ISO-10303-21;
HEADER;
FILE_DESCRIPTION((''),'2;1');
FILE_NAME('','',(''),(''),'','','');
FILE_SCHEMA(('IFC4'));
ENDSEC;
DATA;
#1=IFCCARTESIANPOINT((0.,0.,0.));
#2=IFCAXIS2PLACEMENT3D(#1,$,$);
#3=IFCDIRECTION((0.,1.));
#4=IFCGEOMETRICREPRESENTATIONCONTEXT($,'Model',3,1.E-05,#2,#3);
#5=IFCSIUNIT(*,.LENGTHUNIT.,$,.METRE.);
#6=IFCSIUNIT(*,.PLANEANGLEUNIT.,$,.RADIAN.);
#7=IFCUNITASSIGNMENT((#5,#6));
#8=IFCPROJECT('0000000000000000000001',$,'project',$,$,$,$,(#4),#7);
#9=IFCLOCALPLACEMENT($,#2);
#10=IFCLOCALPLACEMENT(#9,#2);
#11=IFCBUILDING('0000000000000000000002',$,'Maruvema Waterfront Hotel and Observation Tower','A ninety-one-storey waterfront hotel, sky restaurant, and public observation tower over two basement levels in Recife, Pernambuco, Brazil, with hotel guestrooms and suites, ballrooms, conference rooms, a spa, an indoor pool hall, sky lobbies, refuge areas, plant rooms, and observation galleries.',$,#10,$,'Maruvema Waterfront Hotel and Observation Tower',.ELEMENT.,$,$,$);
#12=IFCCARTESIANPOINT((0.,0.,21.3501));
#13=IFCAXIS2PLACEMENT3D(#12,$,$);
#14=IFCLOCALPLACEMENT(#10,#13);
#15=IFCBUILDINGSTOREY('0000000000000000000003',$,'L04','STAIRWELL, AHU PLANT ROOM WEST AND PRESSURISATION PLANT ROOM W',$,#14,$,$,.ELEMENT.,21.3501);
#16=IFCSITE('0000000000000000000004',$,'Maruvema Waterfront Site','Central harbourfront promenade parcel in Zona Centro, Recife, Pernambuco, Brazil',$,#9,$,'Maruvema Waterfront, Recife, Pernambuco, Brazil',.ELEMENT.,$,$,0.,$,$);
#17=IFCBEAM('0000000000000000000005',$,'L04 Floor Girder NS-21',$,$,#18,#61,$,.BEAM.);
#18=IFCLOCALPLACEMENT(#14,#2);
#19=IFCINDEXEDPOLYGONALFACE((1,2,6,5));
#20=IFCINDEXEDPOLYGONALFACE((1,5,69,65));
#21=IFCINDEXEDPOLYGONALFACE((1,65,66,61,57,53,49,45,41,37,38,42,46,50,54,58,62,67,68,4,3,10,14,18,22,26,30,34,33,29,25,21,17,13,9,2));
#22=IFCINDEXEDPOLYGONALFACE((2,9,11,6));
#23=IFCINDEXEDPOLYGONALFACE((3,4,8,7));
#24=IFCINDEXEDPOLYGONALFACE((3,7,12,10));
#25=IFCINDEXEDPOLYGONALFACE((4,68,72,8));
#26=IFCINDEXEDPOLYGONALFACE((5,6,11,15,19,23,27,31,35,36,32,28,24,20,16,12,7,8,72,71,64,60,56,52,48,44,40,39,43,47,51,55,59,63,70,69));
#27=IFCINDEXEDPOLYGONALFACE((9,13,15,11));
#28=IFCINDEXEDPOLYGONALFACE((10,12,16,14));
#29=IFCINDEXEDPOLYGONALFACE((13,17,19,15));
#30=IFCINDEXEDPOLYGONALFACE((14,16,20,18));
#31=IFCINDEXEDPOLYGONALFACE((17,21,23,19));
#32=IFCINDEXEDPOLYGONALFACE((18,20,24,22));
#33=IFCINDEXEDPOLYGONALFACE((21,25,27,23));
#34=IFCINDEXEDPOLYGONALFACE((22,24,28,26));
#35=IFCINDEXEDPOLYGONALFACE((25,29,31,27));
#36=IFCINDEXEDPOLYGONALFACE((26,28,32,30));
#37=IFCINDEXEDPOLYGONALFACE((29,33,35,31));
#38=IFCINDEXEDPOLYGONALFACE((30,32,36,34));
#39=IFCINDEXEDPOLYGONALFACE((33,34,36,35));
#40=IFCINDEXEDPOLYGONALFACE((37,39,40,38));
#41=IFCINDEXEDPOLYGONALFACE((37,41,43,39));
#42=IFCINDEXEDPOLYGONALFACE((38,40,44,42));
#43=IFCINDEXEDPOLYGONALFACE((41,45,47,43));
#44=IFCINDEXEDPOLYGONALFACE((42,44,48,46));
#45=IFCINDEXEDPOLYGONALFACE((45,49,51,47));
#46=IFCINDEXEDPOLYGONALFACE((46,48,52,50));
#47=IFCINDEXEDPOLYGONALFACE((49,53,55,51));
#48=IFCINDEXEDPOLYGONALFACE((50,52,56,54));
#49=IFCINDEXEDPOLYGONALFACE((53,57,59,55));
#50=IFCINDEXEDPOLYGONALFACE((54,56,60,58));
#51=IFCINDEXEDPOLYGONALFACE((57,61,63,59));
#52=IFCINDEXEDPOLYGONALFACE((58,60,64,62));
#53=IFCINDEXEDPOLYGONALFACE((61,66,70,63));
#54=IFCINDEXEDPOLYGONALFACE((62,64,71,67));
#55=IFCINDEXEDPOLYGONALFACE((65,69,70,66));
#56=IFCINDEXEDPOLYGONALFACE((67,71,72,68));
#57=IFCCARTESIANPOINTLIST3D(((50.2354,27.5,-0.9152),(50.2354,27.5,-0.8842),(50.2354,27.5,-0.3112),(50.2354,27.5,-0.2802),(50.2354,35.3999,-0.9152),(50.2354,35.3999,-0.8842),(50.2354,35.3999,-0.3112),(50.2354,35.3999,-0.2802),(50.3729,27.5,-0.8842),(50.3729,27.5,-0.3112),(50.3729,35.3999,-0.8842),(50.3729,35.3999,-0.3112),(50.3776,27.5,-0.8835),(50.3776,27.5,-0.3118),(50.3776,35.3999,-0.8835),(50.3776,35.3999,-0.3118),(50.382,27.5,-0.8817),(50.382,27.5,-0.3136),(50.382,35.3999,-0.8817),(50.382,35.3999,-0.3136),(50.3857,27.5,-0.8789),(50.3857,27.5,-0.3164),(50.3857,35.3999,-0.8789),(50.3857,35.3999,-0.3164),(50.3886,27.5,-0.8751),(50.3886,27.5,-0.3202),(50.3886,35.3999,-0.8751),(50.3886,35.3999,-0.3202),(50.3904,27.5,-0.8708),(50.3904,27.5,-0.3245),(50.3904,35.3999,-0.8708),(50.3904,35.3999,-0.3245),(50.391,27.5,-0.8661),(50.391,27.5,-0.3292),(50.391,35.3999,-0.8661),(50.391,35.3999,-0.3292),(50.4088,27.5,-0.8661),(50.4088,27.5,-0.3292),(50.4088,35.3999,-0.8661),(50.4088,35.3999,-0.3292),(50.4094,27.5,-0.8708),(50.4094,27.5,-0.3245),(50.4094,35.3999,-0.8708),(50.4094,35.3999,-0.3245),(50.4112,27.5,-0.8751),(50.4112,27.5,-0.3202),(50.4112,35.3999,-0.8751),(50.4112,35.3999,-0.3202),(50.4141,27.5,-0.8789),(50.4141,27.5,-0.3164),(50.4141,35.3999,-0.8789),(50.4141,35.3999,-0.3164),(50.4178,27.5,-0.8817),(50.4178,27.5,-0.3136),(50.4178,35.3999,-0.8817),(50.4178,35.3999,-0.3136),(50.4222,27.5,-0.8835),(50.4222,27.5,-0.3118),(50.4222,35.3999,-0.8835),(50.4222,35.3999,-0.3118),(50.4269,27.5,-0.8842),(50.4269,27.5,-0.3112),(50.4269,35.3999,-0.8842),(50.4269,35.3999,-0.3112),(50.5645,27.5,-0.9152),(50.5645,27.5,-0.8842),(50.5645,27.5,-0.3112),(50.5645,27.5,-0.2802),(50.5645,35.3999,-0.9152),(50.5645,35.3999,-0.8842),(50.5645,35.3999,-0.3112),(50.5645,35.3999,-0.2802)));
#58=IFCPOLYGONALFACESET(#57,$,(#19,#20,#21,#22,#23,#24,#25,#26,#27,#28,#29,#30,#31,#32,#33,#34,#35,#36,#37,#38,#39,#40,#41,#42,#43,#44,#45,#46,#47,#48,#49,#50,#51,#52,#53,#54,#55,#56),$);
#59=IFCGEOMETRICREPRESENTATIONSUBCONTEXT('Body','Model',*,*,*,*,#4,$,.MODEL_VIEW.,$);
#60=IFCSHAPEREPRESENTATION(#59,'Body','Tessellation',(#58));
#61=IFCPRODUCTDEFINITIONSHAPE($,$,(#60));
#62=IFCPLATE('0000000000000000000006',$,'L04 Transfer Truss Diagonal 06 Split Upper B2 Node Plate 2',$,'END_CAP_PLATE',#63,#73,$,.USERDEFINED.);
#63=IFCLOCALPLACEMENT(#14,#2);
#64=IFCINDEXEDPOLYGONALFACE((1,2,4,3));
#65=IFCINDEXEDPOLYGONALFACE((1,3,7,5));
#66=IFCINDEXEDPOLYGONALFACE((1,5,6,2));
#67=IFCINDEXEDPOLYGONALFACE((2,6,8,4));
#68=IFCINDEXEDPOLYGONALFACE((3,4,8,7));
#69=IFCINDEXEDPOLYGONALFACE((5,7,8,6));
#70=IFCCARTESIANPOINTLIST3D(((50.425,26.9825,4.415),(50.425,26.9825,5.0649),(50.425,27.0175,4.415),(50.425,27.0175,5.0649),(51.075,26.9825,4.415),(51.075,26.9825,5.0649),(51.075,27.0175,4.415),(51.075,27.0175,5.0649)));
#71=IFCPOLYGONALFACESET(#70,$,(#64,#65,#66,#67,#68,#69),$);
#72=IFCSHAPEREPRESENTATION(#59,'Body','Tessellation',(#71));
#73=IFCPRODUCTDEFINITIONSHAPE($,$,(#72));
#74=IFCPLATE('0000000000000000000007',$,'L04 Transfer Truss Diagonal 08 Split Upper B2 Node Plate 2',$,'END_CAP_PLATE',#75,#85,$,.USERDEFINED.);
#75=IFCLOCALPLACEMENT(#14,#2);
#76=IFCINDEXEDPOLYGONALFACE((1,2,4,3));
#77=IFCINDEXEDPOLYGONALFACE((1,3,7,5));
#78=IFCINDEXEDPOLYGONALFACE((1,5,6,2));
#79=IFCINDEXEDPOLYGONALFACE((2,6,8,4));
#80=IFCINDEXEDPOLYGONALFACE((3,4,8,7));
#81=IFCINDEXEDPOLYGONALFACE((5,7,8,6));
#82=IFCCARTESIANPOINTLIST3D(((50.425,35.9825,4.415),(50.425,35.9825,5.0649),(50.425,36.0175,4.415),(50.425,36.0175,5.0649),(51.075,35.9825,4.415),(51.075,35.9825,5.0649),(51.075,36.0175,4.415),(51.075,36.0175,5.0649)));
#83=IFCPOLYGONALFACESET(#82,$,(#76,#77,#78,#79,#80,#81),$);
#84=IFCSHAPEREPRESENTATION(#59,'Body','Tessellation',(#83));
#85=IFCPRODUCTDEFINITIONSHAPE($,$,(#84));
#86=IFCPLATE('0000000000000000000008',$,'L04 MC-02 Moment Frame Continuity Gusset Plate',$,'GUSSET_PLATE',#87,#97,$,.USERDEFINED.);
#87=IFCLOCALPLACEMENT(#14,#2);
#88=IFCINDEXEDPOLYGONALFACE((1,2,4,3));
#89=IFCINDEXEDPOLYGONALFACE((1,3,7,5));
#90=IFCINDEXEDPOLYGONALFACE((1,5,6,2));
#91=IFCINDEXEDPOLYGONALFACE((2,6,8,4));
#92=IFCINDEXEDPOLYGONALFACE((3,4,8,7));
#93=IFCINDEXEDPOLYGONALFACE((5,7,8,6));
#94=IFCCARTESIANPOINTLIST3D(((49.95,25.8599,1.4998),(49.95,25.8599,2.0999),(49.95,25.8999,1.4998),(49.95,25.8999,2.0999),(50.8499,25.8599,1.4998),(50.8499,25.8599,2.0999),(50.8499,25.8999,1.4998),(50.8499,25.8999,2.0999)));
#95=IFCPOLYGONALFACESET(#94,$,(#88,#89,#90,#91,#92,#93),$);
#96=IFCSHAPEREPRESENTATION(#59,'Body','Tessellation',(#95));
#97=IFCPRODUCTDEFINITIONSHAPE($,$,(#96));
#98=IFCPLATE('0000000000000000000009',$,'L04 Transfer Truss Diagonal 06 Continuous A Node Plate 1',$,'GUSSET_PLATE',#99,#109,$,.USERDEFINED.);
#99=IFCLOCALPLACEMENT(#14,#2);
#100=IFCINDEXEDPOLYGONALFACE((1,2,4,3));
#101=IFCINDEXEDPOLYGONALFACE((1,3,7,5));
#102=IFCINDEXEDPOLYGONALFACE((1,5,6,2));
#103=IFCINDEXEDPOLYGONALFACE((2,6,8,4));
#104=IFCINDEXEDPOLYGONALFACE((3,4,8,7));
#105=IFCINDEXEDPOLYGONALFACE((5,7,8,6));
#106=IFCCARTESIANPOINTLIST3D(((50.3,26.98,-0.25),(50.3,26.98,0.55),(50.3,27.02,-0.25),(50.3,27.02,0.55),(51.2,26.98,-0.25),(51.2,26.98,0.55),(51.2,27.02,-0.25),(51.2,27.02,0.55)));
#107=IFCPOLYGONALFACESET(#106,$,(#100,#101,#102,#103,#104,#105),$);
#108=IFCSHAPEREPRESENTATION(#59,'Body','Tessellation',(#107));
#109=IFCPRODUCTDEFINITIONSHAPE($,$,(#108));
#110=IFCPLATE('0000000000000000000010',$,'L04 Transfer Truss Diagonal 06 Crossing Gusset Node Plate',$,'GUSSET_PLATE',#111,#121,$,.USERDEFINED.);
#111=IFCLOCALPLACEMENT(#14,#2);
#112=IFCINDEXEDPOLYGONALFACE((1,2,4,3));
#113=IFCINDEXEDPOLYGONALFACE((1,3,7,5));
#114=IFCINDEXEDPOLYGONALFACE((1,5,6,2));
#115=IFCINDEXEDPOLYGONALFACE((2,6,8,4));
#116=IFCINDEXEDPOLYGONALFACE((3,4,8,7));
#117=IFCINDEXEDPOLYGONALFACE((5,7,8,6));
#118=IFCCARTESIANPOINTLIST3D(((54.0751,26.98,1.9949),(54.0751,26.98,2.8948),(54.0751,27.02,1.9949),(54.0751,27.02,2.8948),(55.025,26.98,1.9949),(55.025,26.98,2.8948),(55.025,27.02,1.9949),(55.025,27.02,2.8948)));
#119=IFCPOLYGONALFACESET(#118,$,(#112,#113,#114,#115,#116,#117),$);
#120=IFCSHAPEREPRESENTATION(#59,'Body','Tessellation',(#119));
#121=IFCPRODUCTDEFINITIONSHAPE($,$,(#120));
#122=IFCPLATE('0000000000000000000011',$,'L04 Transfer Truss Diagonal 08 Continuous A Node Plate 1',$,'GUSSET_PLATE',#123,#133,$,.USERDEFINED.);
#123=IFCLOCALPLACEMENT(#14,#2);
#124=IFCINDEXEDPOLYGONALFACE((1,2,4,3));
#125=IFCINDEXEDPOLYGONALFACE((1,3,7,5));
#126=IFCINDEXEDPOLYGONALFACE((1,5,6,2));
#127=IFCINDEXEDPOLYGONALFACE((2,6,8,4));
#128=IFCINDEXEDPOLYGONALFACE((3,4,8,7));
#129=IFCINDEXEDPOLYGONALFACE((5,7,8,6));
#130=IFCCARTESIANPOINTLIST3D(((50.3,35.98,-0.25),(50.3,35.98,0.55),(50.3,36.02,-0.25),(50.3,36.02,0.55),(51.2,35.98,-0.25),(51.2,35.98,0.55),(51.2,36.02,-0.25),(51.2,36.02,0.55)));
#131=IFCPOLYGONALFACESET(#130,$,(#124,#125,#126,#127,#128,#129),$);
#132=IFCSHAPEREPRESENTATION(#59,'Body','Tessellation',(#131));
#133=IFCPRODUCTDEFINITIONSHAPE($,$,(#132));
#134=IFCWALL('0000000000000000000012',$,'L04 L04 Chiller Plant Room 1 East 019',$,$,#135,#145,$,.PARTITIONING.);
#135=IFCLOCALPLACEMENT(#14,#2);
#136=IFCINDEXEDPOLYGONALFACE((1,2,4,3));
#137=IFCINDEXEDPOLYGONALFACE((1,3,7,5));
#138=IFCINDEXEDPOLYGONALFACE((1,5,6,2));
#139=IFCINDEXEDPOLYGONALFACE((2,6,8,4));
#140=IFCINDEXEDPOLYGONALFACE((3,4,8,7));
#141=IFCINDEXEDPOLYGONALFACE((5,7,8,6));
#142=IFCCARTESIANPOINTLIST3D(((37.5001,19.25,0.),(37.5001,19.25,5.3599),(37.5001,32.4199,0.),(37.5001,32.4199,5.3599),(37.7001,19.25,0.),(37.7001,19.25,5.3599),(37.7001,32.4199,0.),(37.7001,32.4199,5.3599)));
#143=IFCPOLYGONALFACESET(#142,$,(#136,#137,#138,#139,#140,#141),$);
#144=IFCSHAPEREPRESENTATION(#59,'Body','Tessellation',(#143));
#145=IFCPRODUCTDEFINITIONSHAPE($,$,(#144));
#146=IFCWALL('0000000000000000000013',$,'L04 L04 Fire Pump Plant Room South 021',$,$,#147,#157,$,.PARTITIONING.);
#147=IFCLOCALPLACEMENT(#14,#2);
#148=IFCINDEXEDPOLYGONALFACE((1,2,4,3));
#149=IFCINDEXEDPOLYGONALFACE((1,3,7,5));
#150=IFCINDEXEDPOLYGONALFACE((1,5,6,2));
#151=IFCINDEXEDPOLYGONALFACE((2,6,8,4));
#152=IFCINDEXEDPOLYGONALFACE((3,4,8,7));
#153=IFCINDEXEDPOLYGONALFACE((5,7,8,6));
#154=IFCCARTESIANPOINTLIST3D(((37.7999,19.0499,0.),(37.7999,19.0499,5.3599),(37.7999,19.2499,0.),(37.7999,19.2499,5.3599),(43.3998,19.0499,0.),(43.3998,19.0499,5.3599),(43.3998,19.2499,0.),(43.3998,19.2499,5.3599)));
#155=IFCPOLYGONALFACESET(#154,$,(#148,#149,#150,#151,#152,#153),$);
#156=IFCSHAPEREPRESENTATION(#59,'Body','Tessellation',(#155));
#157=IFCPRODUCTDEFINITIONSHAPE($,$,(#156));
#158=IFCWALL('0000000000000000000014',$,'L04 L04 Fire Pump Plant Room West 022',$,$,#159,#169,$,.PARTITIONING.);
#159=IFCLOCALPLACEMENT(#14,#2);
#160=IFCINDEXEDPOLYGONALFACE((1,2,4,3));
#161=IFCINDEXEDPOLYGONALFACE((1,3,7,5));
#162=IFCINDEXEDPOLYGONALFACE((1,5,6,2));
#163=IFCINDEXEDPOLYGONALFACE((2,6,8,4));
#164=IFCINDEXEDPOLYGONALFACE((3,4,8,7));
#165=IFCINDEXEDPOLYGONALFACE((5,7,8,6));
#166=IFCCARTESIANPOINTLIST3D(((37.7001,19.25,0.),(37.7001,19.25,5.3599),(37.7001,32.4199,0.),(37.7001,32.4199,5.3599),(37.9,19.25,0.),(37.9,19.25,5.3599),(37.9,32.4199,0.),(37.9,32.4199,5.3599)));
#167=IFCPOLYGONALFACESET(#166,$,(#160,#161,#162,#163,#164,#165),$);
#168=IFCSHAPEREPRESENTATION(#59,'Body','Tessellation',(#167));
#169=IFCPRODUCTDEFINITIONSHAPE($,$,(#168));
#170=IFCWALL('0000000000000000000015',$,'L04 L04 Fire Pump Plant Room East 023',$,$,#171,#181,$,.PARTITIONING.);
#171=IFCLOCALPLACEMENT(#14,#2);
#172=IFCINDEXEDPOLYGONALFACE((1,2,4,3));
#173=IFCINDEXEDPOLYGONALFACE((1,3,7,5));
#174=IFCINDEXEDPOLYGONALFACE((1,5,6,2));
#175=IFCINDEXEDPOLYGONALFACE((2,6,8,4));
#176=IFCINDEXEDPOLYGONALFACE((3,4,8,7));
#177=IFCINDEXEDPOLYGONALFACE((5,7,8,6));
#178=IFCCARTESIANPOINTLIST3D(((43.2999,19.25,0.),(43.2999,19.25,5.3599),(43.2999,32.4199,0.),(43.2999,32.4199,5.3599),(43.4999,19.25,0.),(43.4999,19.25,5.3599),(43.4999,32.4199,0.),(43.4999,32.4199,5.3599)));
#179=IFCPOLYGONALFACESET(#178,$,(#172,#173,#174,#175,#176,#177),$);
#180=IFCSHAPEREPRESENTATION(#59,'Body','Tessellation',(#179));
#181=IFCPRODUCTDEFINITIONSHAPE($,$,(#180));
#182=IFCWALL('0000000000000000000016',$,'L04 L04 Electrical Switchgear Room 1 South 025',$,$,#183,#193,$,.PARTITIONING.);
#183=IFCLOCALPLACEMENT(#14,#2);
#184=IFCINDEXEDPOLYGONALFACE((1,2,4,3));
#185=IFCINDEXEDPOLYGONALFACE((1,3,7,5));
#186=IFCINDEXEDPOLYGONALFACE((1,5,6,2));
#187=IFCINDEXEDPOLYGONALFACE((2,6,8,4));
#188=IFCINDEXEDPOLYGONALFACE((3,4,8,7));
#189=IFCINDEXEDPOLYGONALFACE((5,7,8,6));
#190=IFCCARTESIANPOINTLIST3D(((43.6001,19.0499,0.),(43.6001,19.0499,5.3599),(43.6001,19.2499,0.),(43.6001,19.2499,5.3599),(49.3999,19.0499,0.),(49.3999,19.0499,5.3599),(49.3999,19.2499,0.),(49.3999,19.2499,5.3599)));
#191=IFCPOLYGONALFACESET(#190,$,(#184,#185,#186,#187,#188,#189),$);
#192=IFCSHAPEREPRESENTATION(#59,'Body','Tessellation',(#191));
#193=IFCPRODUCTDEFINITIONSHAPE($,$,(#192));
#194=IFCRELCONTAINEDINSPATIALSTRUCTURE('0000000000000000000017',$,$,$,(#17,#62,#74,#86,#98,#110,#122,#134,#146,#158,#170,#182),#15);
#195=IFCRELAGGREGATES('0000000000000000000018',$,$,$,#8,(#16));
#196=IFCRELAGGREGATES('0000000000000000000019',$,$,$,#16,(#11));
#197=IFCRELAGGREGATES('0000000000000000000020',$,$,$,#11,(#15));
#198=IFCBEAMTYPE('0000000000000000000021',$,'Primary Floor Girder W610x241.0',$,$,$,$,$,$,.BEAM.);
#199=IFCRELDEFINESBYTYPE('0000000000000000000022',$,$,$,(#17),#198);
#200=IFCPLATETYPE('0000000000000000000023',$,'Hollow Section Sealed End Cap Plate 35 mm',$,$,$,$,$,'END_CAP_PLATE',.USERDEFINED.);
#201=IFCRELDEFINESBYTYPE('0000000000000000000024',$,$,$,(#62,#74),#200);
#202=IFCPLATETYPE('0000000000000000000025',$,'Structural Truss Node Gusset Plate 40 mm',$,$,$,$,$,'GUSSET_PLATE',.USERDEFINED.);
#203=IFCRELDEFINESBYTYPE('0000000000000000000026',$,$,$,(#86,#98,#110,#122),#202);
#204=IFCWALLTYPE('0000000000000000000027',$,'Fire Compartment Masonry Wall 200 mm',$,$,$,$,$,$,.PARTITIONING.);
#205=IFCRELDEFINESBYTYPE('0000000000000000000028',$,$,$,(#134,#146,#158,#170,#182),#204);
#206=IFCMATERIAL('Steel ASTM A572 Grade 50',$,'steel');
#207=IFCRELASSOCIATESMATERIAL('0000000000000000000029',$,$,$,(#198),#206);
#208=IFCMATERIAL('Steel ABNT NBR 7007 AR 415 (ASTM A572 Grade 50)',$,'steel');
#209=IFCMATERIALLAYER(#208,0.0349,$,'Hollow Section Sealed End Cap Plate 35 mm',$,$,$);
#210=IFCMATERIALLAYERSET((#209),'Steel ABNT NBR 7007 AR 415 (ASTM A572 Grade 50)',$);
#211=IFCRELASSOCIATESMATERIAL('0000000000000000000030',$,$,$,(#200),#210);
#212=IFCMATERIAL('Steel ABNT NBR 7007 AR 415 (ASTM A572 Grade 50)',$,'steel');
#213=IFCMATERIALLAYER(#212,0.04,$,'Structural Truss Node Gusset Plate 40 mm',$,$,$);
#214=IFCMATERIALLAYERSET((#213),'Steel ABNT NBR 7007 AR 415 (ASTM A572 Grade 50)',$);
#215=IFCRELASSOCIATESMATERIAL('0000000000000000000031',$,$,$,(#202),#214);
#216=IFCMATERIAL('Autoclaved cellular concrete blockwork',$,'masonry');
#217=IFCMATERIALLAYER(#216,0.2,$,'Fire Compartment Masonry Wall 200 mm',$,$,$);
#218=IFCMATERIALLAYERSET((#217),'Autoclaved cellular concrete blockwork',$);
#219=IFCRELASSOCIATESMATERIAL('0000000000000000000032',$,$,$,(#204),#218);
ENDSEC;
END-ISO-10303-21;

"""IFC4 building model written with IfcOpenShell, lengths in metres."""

from ifc_helpers import new_model, si_unit, direction, frame, frame_2d, origin, origin_2d, place, context, subcontext, project, spatial, rectangle, i_section, extrude, material, layer, layer_set, material_profile, profile_set, type_object, element, save


model = new_model("IFC4")

# Units and contexts
model_context = context("Model", 3, precision=1e-05, world=origin(), true_north=direction((0.0, 1.0)))
body_context = subcontext(model_context, "Body", "Model", "MODEL_VIEW")
ifc_project = project(units=[si_unit("LENGTHUNIT", "METRE"), si_unit("PLANEANGLEUNIT", "RADIAN")], contexts=[model_context])

# Site, building, storey
site_placement = place(None, origin())
site = spatial("IfcSite", under=ifc_project, at=site_placement, Name="Maruvema Waterfront Site", Description="Central harbourfront promenade parcel in Zona Centro, Recife, Pernambuco, Brazil", LongName="Maruvema Waterfront, Recife, Pernambuco, Brazil", CompositionType="ELEMENT", RefElevation=0.0)
building_placement = place(site_placement, origin())
building = spatial("IfcBuilding", under=site, at=building_placement, Name="Maruvema Waterfront Hotel and Observation Tower", Description="A ninety-one-storey waterfront hotel, sky restaurant, and public observation tower over two basement levels in Recife, Pernambuco, Brazil, with hotel guestrooms and suites, ballrooms, conference rooms, a spa, an indoor pool hall, sky lobbies, refuge areas, plant rooms, and observation galleries.", LongName="Maruvema Waterfront Hotel and Observation Tower", CompositionType="ELEMENT")
storey_placement = place(building_placement, frame((0.0, 0.0, 21.3501)))
storey = spatial("IfcBuildingStorey", under=building, at=storey_placement, Name="L04", Description="STAIRWELL, AHU PLANT ROOM WEST AND PRESSURISATION PLANT ROOM W", CompositionType="ELEMENT", Elevation=21.3501)

# Beam
ifc_material_1 = material(Name="Steel ASTM A572 Grade 50", Category="steel")
ifc_material_profile_1 = material_profile(ifc_material_1, i_section(OverallWidth=0.3291, OverallDepth=0.635, WebThickness=0.0178, FlangeThickness=0.031, FilletRadius=0.0181, at=origin_2d()), Name="W610x241.0")
ifc_profile_set_1 = profile_set([ifc_material_profile_1], Name="Steel ASTM A572 Grade 50")
beam_type = type_object("IfcBeamType", Name="Primary Floor Girder W610x241.0", PredefinedType="BEAM", material=ifc_profile_set_1)
for number, where, z_axis, x_axis, name in (
    (1, (50.3999, 27.5, -0.5977), (0.0, 1.0, 0.0), (-1.0, 0.0, 0.0), "L04 Floor Girder NS-21"),
):
    element("IfcBeam", number, at=place(storey_placement, frame(where, z_axis=z_axis, x_axis=x_axis)), inside=storey, type_object=beam_type, Name=name, PredefinedType="BEAM", context=body_context, shape_type="SweptSolid", body=[
        extrude(i_section(OverallWidth=0.3291, OverallDepth=0.635, WebThickness=0.0178, FlangeThickness=0.031, FilletRadius=0.0181, at=origin_2d()), origin(), (0.0, 0.0, 1.0), 7.8999),
    ])

# Plates
ifc_material_2 = material(Name="Steel ABNT NBR 7007 AR 415 (ASTM A572 Grade 50)", Category="steel")
ifc_layer_1 = layer(ifc_material_2, 0.0349, Name="Hollow Section Sealed End Cap Plate 35 mm")
ifc_layer_set_1 = layer_set([ifc_layer_1], Name="Steel ABNT NBR 7007 AR 415 (ASTM A572 Grade 50)")
plate_type_1 = type_object("IfcPlateType", Name="Hollow Section Sealed End Cap Plate 35 mm", ElementType="END_CAP_PLATE", PredefinedType="USERDEFINED", material=ifc_layer_set_1)
for number, where, z_axis, x_axis, name in (
    (2, (50.75, 27.0, 4.415), (0.0, 0.0, 1.0), (-1.0, 0.0, 0.0), "L04 Transfer Truss Diagonal 06 Split Upper B2 Node Plate 2"),
    (3, (50.75, 36.0, 4.415), (0.0, 0.0, 1.0), (-1.0, 0.0, 0.0), "L04 Transfer Truss Diagonal 08 Split Upper B2 Node Plate 2"),
):
    element("IfcPlate", number, at=place(storey_placement, frame(where, z_axis=z_axis, x_axis=x_axis)), inside=storey, type_object=plate_type_1, Name=name, ObjectType="END_CAP_PLATE", PredefinedType="USERDEFINED", context=body_context, shape_type="SweptSolid", body=[
        extrude(rectangle(XDim=0.6499, YDim=0.0349, at=origin_2d()), origin(), (0.0, 0.0, 1.0), 0.6499),
    ])
ifc_material_3 = material(Name="Steel ABNT NBR 7007 AR 415 (ASTM A572 Grade 50)", Category="steel")
ifc_layer_2 = layer(ifc_material_3, 0.04, Name="Structural Truss Node Gusset Plate 40 mm")
ifc_layer_set_2 = layer_set([ifc_layer_2], Name="Steel ABNT NBR 7007 AR 415 (ASTM A572 Grade 50)")
plate_type_2 = type_object("IfcPlateType", Name="Structural Truss Node Gusset Plate 40 mm", ElementType="GUSSET_PLATE", PredefinedType="USERDEFINED", material=ifc_layer_set_2)
plate_1_placement = place(storey_placement, frame((50.3999, 25.8799, 1.4998), z_axis=(0.0, 0.0, 1.0), x_axis=(1.0, 0.0, 0.0)))
element("IfcPlate", 4, at=plate_1_placement, inside=storey, type_object=plate_type_2, Name="L04 MC-02 Moment Frame Continuity Gusset Plate", ObjectType="GUSSET_PLATE", PredefinedType="USERDEFINED", context=body_context, shape_type="SweptSolid", body=[
    extrude(rectangle(XDim=0.8999, YDim=0.04, at=origin_2d()), origin(), (0.0, 0.0, 1.0), 0.6001),
])
plate_2_placement = place(storey_placement, frame((50.75, 27.0, -0.25), z_axis=(0.0, 0.0, 1.0), x_axis=(1.0, 0.0, 0.0)))
element("IfcPlate", 5, at=plate_2_placement, inside=storey, type_object=plate_type_2, Name="L04 Transfer Truss Diagonal 06 Continuous A Node Plate 1", ObjectType="GUSSET_PLATE", PredefinedType="USERDEFINED", context=body_context, shape_type="SweptSolid", body=[
    extrude(rectangle(XDim=0.8999, YDim=0.04, at=origin_2d()), origin(), (0.0, 0.0, 1.0), 0.8),
])
plate_3_placement = place(storey_placement, frame((54.55, 27.0, 1.9949), z_axis=(0.0, 0.0, 1.0), x_axis=(-1.0, 0.0, 0.0)))
element("IfcPlate", 6, at=plate_3_placement, inside=storey, type_object=plate_type_2, Name="L04 Transfer Truss Diagonal 06 Crossing Gusset Node Plate", ObjectType="GUSSET_PLATE", PredefinedType="USERDEFINED", context=body_context, shape_type="SweptSolid", body=[
    extrude(rectangle(XDim=0.95, YDim=0.04, at=origin_2d()), origin(), (0.0, 0.0, 1.0), 0.8999),
])
plate_4_placement = place(storey_placement, frame((50.75, 36.0, -0.25), z_axis=(0.0, 0.0, 1.0), x_axis=(1.0, 0.0, 0.0)))
element("IfcPlate", 7, at=plate_4_placement, inside=storey, type_object=plate_type_2, Name="L04 Transfer Truss Diagonal 08 Continuous A Node Plate 1", ObjectType="GUSSET_PLATE", PredefinedType="USERDEFINED", context=body_context, shape_type="SweptSolid", body=[
    extrude(rectangle(XDim=0.8999, YDim=0.04, at=origin_2d()), origin(), (0.0, 0.0, 1.0), 0.8),
])

# Wall
ifc_material_4 = material(Name="Autoclaved cellular concrete blockwork", Category="masonry")
ifc_layer_3 = layer(ifc_material_4, 0.2, Name="Fire Compartment Masonry Wall 200 mm")
ifc_layer_set_3 = layer_set([ifc_layer_3], Name="Autoclaved cellular concrete blockwork")
wall_type = type_object("IfcWallType", Name="Fire Compartment Masonry Wall 200 mm", PredefinedType="PARTITIONING", material=ifc_layer_set_3)
wall_1_placement = place(storey_placement, frame((37.6001, 19.25, 0.0), z_axis=(0.0, 0.0, 1.0), x_axis=(0.0, 1.0, 0.0)))
element("IfcWall", 8, at=wall_1_placement, inside=storey, type_object=wall_type, Name="L04 L04 Chiller Plant Room 1 East 019", PredefinedType="PARTITIONING", context=body_context, shape_type="SweptSolid", body=[
    extrude(rectangle(XDim=13.1699, YDim=0.2, at=frame_2d((6.585, 0.0))), origin(), (0.0, 0.0, 1.0), 5.3599),
])

# Walls
wall_2_placement = place(storey_placement, frame((37.8, 19.1499, 0.0), z_axis=(0.0, 0.0, 1.0), x_axis=(1.0, 0.0, 0.0)))
element("IfcWall", 9, at=wall_2_placement, inside=storey, type_object=wall_type, Name="L04 L04 Fire Pump Plant Room South 021", PredefinedType="PARTITIONING", context=body_context, shape_type="SweptSolid", body=[
    extrude(rectangle(XDim=5.5999, YDim=0.2, at=frame_2d((2.7998, 0.0))), origin(), (0.0, 0.0, 1.0), 5.3599),
])
for number, where, z_axis, x_axis, name in (
    (10, (37.8, 19.25, 0.0), (0.0, 0.0, 1.0), (0.0, 1.0, 0.0), "L04 L04 Fire Pump Plant Room West 022"),
    (11, (43.3999, 19.25, 0.0), (0.0, 0.0, 1.0), (0.0, 1.0, 0.0), "L04 L04 Fire Pump Plant Room East 023"),
):
    element("IfcWall", number, at=place(storey_placement, frame(where, z_axis=z_axis, x_axis=x_axis)), inside=storey, type_object=wall_type, Name=name, PredefinedType="PARTITIONING", context=body_context, shape_type="SweptSolid", body=[
        extrude(rectangle(XDim=13.1699, YDim=0.2, at=frame_2d((6.585, 0.0))), origin(), (0.0, 0.0, 1.0), 5.3599),
    ])

# Wall
wall_3_placement = place(storey_placement, frame((43.6001, 19.1499, 0.0), z_axis=(0.0, 0.0, 1.0), x_axis=(1.0, 0.0, 0.0)))
element("IfcWall", 12, at=wall_3_placement, inside=storey, type_object=wall_type, Name="L04 L04 Electrical Switchgear Room 1 South 025", PredefinedType="PARTITIONING", context=body_context, shape_type="SweptSolid", body=[
    extrude(rectangle(XDim=5.7998, YDim=0.2, at=frame_2d((2.8999, 0.0))), origin(), (0.0, 0.0, 1.0), 5.3599),
])

save(model, "model.ifc")
